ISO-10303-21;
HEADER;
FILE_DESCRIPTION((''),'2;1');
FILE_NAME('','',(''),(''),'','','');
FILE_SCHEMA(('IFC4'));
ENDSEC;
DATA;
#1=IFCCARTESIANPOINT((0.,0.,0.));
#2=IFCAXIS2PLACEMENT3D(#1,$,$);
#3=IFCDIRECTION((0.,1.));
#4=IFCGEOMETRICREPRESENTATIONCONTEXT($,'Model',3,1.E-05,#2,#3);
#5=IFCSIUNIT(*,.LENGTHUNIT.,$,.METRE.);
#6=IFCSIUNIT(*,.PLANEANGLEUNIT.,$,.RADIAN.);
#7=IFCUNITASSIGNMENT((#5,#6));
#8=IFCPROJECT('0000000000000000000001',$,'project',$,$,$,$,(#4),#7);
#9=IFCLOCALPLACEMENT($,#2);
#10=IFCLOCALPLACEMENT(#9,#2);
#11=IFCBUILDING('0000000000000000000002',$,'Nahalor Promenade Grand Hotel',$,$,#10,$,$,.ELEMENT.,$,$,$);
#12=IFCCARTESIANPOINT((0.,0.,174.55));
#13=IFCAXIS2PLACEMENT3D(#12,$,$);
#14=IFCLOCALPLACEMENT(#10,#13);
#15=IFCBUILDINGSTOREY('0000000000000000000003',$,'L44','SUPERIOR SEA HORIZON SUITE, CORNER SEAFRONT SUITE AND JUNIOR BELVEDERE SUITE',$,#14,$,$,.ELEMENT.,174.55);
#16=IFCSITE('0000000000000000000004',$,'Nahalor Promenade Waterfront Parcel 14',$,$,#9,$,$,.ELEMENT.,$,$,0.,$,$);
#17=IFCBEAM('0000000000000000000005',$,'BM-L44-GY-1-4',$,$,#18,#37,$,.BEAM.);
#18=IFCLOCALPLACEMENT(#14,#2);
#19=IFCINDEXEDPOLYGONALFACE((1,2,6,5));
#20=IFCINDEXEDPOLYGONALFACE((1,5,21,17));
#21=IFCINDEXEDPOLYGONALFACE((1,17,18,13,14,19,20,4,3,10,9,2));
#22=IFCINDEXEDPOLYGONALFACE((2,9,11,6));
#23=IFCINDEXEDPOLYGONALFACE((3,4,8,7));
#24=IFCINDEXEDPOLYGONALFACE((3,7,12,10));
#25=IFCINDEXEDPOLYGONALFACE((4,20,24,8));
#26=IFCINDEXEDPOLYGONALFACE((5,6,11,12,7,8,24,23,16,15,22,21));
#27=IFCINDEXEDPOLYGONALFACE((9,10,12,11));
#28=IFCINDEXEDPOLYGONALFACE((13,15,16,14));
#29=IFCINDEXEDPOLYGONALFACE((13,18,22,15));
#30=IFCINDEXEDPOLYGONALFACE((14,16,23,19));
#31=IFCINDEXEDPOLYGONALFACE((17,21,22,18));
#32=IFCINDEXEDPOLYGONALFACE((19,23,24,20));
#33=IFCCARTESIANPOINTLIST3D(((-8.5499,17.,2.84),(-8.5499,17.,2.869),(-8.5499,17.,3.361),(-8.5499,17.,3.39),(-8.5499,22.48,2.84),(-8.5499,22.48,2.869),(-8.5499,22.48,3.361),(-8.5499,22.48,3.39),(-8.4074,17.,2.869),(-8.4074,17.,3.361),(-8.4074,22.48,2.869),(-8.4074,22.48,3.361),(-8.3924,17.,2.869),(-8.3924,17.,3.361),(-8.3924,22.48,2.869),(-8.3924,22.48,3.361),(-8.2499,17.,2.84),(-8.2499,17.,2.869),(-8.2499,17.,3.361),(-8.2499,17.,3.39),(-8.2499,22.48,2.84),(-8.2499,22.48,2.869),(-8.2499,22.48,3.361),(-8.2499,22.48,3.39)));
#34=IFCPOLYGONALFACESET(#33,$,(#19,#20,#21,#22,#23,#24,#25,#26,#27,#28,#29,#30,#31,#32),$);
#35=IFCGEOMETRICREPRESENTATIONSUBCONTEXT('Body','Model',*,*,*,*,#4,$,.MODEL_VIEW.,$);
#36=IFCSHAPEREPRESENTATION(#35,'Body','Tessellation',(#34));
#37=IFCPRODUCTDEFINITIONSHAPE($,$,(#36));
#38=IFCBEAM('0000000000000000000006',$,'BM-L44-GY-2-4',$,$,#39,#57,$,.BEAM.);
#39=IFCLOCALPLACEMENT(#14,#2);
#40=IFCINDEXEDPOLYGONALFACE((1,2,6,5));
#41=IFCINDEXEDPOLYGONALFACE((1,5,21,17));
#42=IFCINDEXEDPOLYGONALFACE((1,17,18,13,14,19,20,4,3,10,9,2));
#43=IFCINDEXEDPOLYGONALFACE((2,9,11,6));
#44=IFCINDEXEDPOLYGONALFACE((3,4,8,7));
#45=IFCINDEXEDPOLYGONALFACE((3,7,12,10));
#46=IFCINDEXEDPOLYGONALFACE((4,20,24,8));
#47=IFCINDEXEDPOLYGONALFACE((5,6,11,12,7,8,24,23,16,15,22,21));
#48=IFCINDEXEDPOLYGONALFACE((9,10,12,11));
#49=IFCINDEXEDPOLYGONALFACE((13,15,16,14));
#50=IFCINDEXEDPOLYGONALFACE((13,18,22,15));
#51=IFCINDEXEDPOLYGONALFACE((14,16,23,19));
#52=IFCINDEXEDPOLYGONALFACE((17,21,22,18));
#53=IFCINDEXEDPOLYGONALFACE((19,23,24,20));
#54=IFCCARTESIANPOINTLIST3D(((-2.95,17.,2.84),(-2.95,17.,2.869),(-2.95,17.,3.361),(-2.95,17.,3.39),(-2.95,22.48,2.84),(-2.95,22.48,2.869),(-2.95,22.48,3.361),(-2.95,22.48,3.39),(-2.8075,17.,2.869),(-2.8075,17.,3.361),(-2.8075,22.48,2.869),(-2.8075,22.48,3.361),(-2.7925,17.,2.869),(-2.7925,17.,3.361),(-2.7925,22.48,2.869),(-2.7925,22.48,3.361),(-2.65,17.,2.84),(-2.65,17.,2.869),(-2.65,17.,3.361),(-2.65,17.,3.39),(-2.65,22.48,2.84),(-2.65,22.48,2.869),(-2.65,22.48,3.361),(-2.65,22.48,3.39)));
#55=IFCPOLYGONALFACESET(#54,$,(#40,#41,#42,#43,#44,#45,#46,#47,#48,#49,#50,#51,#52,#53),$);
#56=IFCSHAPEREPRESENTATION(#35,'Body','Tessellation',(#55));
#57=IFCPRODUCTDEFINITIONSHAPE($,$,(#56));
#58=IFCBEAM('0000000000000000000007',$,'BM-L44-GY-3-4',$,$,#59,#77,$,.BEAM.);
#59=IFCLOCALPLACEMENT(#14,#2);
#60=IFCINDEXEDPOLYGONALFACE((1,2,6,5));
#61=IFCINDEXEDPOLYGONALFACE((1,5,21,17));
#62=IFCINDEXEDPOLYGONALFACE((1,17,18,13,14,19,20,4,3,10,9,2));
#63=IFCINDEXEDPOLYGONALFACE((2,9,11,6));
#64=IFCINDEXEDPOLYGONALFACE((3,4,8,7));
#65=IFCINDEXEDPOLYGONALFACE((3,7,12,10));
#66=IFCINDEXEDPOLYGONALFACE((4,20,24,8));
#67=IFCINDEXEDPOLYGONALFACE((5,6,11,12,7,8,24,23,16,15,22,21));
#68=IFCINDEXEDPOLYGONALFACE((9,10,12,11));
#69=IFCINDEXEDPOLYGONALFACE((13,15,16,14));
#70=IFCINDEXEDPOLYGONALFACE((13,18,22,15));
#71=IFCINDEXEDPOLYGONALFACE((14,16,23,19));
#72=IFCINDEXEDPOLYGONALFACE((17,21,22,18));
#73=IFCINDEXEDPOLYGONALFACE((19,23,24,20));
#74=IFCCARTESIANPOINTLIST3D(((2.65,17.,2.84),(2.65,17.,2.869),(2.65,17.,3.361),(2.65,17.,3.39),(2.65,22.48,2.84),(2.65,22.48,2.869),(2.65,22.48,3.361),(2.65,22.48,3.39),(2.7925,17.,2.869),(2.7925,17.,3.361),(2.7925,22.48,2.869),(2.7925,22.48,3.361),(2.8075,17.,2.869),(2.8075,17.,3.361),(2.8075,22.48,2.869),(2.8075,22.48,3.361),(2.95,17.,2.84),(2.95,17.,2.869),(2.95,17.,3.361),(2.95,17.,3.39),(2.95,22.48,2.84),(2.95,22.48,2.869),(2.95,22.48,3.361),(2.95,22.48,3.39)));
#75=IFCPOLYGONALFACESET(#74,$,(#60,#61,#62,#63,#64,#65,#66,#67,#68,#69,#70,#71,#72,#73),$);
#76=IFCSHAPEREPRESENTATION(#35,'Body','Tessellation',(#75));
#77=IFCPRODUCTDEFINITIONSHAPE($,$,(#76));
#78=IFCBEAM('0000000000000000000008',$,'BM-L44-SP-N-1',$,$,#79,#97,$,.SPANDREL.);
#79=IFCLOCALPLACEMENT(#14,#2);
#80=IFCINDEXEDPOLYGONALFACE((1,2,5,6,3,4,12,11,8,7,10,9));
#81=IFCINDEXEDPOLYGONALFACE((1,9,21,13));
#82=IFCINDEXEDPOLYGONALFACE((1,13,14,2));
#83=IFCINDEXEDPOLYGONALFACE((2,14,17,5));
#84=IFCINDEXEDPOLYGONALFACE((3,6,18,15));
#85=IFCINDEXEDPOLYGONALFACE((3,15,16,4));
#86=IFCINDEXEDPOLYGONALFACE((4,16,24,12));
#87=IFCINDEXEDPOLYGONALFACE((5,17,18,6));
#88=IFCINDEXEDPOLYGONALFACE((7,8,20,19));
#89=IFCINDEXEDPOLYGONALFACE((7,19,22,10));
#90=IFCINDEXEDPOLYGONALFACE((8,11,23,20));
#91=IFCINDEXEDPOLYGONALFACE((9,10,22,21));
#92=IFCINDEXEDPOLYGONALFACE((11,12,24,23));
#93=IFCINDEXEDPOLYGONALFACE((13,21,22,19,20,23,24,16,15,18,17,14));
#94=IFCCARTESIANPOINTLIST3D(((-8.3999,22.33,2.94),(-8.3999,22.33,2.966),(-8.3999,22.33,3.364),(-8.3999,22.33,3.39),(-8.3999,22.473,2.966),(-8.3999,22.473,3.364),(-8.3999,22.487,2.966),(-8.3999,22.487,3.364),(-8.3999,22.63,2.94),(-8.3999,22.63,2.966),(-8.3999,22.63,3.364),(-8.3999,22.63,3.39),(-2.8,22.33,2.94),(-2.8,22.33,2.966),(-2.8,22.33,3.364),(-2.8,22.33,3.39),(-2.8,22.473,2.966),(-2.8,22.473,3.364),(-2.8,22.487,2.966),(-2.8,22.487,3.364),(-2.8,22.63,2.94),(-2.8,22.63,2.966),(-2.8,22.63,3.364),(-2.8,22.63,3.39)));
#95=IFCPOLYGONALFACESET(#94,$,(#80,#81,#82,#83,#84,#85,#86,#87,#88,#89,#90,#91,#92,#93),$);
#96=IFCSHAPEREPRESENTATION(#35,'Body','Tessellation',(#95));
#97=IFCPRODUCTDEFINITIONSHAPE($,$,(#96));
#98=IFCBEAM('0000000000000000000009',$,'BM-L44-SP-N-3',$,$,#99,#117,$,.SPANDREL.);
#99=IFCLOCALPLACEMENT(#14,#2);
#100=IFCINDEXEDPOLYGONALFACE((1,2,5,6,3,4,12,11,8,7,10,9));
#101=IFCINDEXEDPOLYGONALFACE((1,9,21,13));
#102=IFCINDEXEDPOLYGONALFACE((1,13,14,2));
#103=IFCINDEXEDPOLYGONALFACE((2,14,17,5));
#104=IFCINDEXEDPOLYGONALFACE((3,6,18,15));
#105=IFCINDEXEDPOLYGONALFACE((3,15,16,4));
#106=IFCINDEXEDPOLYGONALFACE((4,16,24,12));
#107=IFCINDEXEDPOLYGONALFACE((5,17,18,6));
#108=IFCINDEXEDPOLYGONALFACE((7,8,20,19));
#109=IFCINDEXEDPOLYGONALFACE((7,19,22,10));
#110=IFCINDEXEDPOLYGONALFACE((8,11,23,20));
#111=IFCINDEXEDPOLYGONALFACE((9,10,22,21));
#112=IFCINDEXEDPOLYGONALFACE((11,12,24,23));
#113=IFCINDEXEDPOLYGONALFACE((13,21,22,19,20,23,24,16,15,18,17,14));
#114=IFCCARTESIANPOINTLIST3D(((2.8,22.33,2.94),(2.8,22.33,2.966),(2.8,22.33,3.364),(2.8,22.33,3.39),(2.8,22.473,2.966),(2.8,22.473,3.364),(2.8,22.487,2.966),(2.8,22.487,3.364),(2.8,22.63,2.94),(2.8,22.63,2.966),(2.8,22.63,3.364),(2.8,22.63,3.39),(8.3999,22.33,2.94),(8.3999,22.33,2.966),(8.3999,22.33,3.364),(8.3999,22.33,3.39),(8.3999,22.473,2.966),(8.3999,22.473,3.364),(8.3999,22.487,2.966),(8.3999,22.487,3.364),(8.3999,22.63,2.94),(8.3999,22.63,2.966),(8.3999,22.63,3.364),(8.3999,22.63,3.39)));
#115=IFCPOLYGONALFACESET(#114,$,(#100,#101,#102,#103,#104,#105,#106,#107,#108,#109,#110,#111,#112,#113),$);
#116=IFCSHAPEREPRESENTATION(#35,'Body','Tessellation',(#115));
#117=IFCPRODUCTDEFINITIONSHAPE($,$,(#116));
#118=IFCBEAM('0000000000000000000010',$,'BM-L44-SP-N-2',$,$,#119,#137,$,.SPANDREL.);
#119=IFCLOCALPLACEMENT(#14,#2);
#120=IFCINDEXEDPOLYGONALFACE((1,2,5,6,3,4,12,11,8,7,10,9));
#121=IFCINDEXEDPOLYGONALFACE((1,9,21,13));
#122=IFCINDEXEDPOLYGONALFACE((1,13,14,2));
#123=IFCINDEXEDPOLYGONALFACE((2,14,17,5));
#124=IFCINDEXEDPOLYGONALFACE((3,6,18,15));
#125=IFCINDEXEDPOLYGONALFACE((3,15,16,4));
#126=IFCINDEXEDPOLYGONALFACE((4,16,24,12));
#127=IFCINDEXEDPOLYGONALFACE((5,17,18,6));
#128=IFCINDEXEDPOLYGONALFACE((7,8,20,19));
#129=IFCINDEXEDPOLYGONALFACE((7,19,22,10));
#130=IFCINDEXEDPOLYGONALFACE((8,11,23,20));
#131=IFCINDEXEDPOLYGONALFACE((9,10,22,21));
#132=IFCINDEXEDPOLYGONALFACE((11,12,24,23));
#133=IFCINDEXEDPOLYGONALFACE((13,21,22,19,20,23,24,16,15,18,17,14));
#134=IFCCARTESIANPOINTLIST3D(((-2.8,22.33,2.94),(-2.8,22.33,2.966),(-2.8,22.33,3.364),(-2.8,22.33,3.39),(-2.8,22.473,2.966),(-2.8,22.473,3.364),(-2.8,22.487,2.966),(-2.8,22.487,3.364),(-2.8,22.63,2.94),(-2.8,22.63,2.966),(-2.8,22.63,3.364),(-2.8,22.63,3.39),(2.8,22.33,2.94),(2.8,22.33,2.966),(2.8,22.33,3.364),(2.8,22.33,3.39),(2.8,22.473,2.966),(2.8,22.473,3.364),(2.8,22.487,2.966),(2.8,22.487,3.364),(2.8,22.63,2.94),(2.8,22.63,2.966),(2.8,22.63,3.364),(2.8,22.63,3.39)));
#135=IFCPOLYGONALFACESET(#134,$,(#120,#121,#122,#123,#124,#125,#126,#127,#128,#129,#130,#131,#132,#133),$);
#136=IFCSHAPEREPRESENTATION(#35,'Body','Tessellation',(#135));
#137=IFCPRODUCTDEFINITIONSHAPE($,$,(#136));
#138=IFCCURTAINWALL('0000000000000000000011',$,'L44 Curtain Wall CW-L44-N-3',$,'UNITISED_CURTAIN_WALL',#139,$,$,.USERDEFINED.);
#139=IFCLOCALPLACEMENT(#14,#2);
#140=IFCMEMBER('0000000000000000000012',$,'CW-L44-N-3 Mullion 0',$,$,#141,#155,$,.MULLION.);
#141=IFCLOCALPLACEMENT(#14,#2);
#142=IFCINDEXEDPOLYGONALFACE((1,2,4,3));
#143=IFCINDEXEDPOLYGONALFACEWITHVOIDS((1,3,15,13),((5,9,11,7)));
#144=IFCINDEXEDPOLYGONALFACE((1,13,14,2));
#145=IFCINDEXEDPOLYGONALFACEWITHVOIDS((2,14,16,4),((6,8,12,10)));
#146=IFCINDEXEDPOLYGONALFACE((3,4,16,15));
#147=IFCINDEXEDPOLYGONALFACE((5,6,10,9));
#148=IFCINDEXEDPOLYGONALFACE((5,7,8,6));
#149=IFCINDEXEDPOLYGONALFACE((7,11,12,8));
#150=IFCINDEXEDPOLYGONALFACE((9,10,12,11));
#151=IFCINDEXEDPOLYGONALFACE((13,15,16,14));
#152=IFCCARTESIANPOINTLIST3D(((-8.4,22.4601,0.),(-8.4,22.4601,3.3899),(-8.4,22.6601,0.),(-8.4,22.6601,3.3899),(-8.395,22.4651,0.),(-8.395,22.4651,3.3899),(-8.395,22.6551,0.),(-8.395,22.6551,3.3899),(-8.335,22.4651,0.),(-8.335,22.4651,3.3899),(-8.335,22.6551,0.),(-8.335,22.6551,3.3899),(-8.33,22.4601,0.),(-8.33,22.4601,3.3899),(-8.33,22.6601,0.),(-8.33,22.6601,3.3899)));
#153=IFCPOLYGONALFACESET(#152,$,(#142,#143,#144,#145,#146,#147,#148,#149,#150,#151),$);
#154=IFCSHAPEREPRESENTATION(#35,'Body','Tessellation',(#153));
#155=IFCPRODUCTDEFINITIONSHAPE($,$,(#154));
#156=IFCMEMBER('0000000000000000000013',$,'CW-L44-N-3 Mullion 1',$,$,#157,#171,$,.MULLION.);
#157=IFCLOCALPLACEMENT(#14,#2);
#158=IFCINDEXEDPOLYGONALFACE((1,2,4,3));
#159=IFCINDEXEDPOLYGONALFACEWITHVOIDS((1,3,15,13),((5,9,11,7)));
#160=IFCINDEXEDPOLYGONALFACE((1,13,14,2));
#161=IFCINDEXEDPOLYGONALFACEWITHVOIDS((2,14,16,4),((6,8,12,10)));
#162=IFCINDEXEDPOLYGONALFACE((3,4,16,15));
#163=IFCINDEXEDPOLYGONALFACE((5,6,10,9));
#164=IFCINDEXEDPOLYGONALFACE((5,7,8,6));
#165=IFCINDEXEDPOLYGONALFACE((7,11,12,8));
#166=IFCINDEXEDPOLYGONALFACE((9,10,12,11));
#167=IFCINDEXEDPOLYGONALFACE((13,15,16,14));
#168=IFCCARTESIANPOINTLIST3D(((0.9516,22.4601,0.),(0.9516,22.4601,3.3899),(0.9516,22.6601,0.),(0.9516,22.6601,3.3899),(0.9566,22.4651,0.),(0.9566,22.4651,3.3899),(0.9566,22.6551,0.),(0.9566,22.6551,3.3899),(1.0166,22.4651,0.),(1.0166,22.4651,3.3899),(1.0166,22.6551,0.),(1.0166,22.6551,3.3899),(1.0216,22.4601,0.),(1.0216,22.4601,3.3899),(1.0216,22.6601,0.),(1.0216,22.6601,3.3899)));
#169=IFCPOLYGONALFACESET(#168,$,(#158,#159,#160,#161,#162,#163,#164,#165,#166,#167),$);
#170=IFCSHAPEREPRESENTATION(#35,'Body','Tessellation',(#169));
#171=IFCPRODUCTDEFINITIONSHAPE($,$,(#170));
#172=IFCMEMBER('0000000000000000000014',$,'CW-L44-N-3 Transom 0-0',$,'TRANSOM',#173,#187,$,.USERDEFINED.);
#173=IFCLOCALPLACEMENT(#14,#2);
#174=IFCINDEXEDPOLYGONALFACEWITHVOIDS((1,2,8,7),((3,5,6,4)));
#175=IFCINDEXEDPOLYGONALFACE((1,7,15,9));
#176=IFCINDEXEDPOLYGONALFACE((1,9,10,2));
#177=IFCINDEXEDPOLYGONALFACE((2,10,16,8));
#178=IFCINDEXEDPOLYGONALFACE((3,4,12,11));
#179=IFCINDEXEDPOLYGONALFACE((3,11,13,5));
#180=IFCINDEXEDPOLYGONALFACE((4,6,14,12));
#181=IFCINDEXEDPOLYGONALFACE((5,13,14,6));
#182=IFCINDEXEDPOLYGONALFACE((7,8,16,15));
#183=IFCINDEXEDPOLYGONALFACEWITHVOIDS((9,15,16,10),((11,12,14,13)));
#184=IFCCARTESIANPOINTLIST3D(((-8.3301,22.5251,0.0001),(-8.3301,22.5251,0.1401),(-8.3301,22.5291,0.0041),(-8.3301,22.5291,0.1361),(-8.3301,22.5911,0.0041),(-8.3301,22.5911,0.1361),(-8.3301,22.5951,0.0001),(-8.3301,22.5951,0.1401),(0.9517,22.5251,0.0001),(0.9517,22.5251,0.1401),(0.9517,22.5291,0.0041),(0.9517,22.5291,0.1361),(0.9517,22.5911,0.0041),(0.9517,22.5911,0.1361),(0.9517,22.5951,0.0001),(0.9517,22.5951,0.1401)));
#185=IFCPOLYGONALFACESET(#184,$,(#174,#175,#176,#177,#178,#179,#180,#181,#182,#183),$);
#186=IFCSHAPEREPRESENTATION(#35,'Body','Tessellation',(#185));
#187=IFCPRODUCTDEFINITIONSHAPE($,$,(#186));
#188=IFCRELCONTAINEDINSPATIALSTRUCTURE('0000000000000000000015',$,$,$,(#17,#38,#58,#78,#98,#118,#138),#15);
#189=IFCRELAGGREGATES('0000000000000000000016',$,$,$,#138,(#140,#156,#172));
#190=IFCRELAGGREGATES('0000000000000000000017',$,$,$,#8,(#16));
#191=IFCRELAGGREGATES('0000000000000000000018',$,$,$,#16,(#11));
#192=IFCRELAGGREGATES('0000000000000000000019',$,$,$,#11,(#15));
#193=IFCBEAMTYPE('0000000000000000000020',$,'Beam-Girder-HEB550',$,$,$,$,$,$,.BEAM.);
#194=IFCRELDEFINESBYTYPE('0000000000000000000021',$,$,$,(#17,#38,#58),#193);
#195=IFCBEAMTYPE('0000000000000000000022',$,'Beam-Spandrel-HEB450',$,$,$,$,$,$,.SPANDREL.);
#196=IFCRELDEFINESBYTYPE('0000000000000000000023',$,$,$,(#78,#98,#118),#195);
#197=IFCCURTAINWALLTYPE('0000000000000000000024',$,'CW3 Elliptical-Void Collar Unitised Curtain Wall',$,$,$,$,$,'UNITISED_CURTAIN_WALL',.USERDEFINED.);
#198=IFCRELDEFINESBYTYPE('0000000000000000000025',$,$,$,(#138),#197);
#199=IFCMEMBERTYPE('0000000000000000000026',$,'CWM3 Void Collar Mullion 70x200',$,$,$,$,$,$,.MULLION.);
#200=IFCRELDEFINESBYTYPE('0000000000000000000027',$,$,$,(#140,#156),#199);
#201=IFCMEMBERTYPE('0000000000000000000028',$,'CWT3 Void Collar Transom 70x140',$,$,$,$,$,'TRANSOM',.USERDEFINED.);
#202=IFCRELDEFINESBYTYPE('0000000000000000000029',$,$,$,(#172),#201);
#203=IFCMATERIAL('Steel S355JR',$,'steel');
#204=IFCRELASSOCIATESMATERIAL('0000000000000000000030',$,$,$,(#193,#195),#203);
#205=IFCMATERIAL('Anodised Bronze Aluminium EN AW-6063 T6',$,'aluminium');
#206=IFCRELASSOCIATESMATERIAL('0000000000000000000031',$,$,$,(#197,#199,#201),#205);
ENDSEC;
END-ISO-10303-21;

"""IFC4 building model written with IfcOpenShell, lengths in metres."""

from ifc_helpers import new_model, si_unit, direction, frame, origin, origin_2d, place, context, subcontext, project, spatial, hollow_rectangle, i_section, extrude, source, transform, mapped, material, material_profile, profile_set, type_object, element, aggregate, save


model = new_model("IFC4")

# Units and contexts
model_context = context("Model", 3, precision=1e-05, world=origin(), true_north=direction((0.0, 1.0)))
body_context = subcontext(model_context, "Body", "Model", "MODEL_VIEW")
ifc_project = project(units=[si_unit("LENGTHUNIT", "METRE"), si_unit("PLANEANGLEUNIT", "RADIAN")], contexts=[model_context])

# Site, building, storey
site_placement = place(None, origin())
site = spatial("IfcSite", under=ifc_project, at=site_placement, Name="Nahalor Promenade Waterfront Parcel 14", CompositionType="ELEMENT", RefElevation=0.0)
building_placement = place(site_placement, origin())
building = spatial("IfcBuilding", under=site, at=building_placement, Name="Nahalor Promenade Grand Hotel", CompositionType="ELEMENT")
storey_placement = place(building_placement, frame((0.0, 0.0, 174.55)))
storey = spatial("IfcBuildingStorey", under=building, at=storey_placement, Name="L44", Description="SUPERIOR SEA HORIZON SUITE, CORNER SEAFRONT SUITE AND JUNIOR BELVEDERE SUITE", CompositionType="ELEMENT", Elevation=174.55)

# Beams
ifc_material_1 = material(Name="Steel S355JR", Category="steel")
ifc_material_profile_1 = material_profile(ifc_material_1, i_section(OverallWidth=0.3, OverallDepth=0.55, WebThickness=0.015, FlangeThickness=0.029, at=origin_2d()), Name="HEB 550")
ifc_profile_set_1 = profile_set([ifc_material_profile_1], Name="Steel S355JR")
beam_type_1 = type_object("IfcBeamType", Name="Beam-Girder-HEB550", PredefinedType="BEAM", material=ifc_profile_set_1)
shared_shape_1 = source(origin(), body_context, "Body", "SweptSolid", [
    extrude(i_section(OverallWidth=0.3, OverallDepth=0.55, WebThickness=0.015, FlangeThickness=0.029, at=origin_2d()), origin(), (0.0, 0.0, 1.0), 5.48),
])
for number, where, z_axis, x_axis, name in (
    (1, (-8.3999, 17.0, 3.115), (0.0, 1.0, 0.0), (-1.0, 0.0, 0.0), "BM-L44-GY-1-4"),
    (2, (-2.8, 17.0, 3.115), (0.0, 1.0, 0.0), (-1.0, 0.0, 0.0), "BM-L44-GY-2-4"),
    (3, (2.8, 17.0, 3.115), (0.0, 1.0, 0.0), (-1.0, 0.0, 0.0), "BM-L44-GY-3-4"),
):
    element("IfcBeam", number, at=place(storey_placement, frame(where, z_axis=z_axis, x_axis=x_axis)), inside=storey, type_object=beam_type_1, Name=name, PredefinedType="BEAM", context=body_context, shape_type="MappedRepresentation", body=[
        mapped(shared_shape_1, transform((0.0, 0.0, 0.0), scale=1.0)),
    ])
ifc_material_profile_2 = material_profile(ifc_material_1, i_section(OverallWidth=0.3, OverallDepth=0.45, WebThickness=0.014, FlangeThickness=0.026, at=origin_2d()), Name="HEB 450")
ifc_profile_set_2 = profile_set([ifc_material_profile_2], Name="Steel S355JR")
beam_type_2 = type_object("IfcBeamType", Name="Beam-Spandrel-HEB450", PredefinedType="SPANDREL", material=ifc_profile_set_2)
shared_shape_2 = source(origin(), body_context, "Body", "SweptSolid", [
    extrude(i_section(OverallWidth=0.3, OverallDepth=0.45, WebThickness=0.014, FlangeThickness=0.026, at=origin_2d()), origin(), (0.0, 0.0, 1.0), 5.5999),
])
for number, where, z_axis, x_axis, name in (
    (4, (-8.3999, 22.48, 3.165), (1.0, 0.0, 0.0), (0.0, 1.0, 0.0), "BM-L44-SP-N-1"),
    (5, (2.8, 22.48, 3.165), (1.0, 0.0, 0.0), (0.0, 1.0, 0.0), "BM-L44-SP-N-3"),
):
    element("IfcBeam", number, at=place(storey_placement, frame(where, z_axis=z_axis, x_axis=x_axis)), inside=storey, type_object=beam_type_2, Name=name, PredefinedType="SPANDREL", context=body_context, shape_type="MappedRepresentation", body=[
        mapped(shared_shape_2, transform((0.0, 0.0, 0.0), scale=1.0)),
    ])
shared_shape_3 = source(origin(), body_context, "Body", "SweptSolid", [
    extrude(i_section(OverallWidth=0.3, OverallDepth=0.45, WebThickness=0.014, FlangeThickness=0.026, at=origin_2d()), origin(), (0.0, 0.0, 1.0), 5.6001),
])
beam_1_placement = place(storey_placement, frame((-2.8, 22.48, 3.165), z_axis=(1.0, 0.0, 0.0), x_axis=(0.0, 1.0, 0.0)))
element("IfcBeam", 6, at=beam_1_placement, inside=storey, type_object=beam_type_2, Name="BM-L44-SP-N-2", PredefinedType="SPANDREL", context=body_context, shape_type="MappedRepresentation", body=[
    mapped(shared_shape_3, transform((0.0, 0.0, 0.0), scale=1.0)),
])

# Curtain wall, members
ifc_material_2 = material(Name="Anodised Bronze Aluminium EN AW-6063 T6", Category="aluminium")
curtain_wall_type = type_object("IfcCurtainWallType", Name="CW3 Elliptical-Void Collar Unitised Curtain Wall", ElementType="UNITISED_CURTAIN_WALL", PredefinedType="USERDEFINED", material=ifc_material_2)
curtain_wall_placement = place(storey_placement, origin())
curtain_wall = element("IfcCurtainWall", 7, at=curtain_wall_placement, inside=storey, type_object=curtain_wall_type, Name="L44 Curtain Wall CW-L44-N-3", ObjectType="UNITISED_CURTAIN_WALL", PredefinedType="USERDEFINED")
ifc_material_profile_3 = material_profile(ifc_material_2, hollow_rectangle(XDim=0.07, YDim=0.2, WallThickness=0.005, at=origin_2d()), Name="CWM 70x200x5")
ifc_profile_set_3 = profile_set([ifc_material_profile_3], Name="Anodised Bronze Aluminium EN AW-6063 T6")
member_type_1 = type_object("IfcMemberType", Name="CWM3 Void Collar Mullion 70x200", PredefinedType="MULLION", material=ifc_profile_set_3)
shared_shape_4 = source(origin(), body_context, "Body", "SweptSolid", [
    extrude(hollow_rectangle(XDim=0.07, YDim=0.2, WallThickness=0.005, at=origin_2d()), origin(), (0.0, 0.0, 1.0), 3.3899),
])
member_1_placement = place(storey_placement, frame((-8.365, 22.5601, 0.0), z_axis=(0.0, 0.0, 1.0), x_axis=(1.0, 0.0, 0.0)))
member_1 = element("IfcMember", 8, at=member_1_placement, type_object=member_type_1, Name="CW-L44-N-3 Mullion 0", PredefinedType="MULLION", context=body_context, shape_type="MappedRepresentation", body=[
    mapped(shared_shape_4, transform((0.0, 0.0, 0.0), scale=1.0)),
])
member_2_placement = place(storey_placement, frame((0.9866, 22.5601, 0.0), z_axis=(0.0, 0.0, 1.0), x_axis=(1.0, 0.0, 0.0)))
member_2 = element("IfcMember", 9, at=member_2_placement, type_object=member_type_1, Name="CW-L44-N-3 Mullion 1", PredefinedType="MULLION", context=body_context, shape_type="MappedRepresentation", body=[
    mapped(shared_shape_4, transform((0.0, 0.0, 0.0), scale=1.0)),
])
ifc_material_profile_4 = material_profile(ifc_material_2, hollow_rectangle(XDim=0.07, YDim=0.14, WallThickness=0.004, at=origin_2d()), Name="CWT 70x140x4")
ifc_profile_set_4 = profile_set([ifc_material_profile_4], Name="Anodised Bronze Aluminium EN AW-6063 T6")
member_type_2 = type_object("IfcMemberType", Name="CWT3 Void Collar Transom 70x140", ElementType="TRANSOM", PredefinedType="USERDEFINED", material=ifc_profile_set_4)
shared_shape_5 = source(origin(), body_context, "Body", "SweptSolid", [
    extrude(hollow_rectangle(XDim=0.07, YDim=0.14, WallThickness=0.004, at=origin_2d()), origin(), (0.0, 0.0, 1.0), 9.2817),
])
member_3_placement = place(storey_placement, frame((-8.3301, 22.5601, 0.0701), z_axis=(1.0, 0.0, 0.0), x_axis=(0.0, 1.0, 0.0)))
member_3 = element("IfcMember", 10, at=member_3_placement, type_object=member_type_2, Name="CW-L44-N-3 Transom 0-0", ObjectType="TRANSOM", PredefinedType="USERDEFINED", context=body_context, shape_type="MappedRepresentation", body=[
    mapped(shared_shape_5, transform((0.0, 0.0, 0.0), scale=1.0)),
])
aggregate(curtain_wall, [member_1, member_2, member_3])

save(model, "model.ifc")
